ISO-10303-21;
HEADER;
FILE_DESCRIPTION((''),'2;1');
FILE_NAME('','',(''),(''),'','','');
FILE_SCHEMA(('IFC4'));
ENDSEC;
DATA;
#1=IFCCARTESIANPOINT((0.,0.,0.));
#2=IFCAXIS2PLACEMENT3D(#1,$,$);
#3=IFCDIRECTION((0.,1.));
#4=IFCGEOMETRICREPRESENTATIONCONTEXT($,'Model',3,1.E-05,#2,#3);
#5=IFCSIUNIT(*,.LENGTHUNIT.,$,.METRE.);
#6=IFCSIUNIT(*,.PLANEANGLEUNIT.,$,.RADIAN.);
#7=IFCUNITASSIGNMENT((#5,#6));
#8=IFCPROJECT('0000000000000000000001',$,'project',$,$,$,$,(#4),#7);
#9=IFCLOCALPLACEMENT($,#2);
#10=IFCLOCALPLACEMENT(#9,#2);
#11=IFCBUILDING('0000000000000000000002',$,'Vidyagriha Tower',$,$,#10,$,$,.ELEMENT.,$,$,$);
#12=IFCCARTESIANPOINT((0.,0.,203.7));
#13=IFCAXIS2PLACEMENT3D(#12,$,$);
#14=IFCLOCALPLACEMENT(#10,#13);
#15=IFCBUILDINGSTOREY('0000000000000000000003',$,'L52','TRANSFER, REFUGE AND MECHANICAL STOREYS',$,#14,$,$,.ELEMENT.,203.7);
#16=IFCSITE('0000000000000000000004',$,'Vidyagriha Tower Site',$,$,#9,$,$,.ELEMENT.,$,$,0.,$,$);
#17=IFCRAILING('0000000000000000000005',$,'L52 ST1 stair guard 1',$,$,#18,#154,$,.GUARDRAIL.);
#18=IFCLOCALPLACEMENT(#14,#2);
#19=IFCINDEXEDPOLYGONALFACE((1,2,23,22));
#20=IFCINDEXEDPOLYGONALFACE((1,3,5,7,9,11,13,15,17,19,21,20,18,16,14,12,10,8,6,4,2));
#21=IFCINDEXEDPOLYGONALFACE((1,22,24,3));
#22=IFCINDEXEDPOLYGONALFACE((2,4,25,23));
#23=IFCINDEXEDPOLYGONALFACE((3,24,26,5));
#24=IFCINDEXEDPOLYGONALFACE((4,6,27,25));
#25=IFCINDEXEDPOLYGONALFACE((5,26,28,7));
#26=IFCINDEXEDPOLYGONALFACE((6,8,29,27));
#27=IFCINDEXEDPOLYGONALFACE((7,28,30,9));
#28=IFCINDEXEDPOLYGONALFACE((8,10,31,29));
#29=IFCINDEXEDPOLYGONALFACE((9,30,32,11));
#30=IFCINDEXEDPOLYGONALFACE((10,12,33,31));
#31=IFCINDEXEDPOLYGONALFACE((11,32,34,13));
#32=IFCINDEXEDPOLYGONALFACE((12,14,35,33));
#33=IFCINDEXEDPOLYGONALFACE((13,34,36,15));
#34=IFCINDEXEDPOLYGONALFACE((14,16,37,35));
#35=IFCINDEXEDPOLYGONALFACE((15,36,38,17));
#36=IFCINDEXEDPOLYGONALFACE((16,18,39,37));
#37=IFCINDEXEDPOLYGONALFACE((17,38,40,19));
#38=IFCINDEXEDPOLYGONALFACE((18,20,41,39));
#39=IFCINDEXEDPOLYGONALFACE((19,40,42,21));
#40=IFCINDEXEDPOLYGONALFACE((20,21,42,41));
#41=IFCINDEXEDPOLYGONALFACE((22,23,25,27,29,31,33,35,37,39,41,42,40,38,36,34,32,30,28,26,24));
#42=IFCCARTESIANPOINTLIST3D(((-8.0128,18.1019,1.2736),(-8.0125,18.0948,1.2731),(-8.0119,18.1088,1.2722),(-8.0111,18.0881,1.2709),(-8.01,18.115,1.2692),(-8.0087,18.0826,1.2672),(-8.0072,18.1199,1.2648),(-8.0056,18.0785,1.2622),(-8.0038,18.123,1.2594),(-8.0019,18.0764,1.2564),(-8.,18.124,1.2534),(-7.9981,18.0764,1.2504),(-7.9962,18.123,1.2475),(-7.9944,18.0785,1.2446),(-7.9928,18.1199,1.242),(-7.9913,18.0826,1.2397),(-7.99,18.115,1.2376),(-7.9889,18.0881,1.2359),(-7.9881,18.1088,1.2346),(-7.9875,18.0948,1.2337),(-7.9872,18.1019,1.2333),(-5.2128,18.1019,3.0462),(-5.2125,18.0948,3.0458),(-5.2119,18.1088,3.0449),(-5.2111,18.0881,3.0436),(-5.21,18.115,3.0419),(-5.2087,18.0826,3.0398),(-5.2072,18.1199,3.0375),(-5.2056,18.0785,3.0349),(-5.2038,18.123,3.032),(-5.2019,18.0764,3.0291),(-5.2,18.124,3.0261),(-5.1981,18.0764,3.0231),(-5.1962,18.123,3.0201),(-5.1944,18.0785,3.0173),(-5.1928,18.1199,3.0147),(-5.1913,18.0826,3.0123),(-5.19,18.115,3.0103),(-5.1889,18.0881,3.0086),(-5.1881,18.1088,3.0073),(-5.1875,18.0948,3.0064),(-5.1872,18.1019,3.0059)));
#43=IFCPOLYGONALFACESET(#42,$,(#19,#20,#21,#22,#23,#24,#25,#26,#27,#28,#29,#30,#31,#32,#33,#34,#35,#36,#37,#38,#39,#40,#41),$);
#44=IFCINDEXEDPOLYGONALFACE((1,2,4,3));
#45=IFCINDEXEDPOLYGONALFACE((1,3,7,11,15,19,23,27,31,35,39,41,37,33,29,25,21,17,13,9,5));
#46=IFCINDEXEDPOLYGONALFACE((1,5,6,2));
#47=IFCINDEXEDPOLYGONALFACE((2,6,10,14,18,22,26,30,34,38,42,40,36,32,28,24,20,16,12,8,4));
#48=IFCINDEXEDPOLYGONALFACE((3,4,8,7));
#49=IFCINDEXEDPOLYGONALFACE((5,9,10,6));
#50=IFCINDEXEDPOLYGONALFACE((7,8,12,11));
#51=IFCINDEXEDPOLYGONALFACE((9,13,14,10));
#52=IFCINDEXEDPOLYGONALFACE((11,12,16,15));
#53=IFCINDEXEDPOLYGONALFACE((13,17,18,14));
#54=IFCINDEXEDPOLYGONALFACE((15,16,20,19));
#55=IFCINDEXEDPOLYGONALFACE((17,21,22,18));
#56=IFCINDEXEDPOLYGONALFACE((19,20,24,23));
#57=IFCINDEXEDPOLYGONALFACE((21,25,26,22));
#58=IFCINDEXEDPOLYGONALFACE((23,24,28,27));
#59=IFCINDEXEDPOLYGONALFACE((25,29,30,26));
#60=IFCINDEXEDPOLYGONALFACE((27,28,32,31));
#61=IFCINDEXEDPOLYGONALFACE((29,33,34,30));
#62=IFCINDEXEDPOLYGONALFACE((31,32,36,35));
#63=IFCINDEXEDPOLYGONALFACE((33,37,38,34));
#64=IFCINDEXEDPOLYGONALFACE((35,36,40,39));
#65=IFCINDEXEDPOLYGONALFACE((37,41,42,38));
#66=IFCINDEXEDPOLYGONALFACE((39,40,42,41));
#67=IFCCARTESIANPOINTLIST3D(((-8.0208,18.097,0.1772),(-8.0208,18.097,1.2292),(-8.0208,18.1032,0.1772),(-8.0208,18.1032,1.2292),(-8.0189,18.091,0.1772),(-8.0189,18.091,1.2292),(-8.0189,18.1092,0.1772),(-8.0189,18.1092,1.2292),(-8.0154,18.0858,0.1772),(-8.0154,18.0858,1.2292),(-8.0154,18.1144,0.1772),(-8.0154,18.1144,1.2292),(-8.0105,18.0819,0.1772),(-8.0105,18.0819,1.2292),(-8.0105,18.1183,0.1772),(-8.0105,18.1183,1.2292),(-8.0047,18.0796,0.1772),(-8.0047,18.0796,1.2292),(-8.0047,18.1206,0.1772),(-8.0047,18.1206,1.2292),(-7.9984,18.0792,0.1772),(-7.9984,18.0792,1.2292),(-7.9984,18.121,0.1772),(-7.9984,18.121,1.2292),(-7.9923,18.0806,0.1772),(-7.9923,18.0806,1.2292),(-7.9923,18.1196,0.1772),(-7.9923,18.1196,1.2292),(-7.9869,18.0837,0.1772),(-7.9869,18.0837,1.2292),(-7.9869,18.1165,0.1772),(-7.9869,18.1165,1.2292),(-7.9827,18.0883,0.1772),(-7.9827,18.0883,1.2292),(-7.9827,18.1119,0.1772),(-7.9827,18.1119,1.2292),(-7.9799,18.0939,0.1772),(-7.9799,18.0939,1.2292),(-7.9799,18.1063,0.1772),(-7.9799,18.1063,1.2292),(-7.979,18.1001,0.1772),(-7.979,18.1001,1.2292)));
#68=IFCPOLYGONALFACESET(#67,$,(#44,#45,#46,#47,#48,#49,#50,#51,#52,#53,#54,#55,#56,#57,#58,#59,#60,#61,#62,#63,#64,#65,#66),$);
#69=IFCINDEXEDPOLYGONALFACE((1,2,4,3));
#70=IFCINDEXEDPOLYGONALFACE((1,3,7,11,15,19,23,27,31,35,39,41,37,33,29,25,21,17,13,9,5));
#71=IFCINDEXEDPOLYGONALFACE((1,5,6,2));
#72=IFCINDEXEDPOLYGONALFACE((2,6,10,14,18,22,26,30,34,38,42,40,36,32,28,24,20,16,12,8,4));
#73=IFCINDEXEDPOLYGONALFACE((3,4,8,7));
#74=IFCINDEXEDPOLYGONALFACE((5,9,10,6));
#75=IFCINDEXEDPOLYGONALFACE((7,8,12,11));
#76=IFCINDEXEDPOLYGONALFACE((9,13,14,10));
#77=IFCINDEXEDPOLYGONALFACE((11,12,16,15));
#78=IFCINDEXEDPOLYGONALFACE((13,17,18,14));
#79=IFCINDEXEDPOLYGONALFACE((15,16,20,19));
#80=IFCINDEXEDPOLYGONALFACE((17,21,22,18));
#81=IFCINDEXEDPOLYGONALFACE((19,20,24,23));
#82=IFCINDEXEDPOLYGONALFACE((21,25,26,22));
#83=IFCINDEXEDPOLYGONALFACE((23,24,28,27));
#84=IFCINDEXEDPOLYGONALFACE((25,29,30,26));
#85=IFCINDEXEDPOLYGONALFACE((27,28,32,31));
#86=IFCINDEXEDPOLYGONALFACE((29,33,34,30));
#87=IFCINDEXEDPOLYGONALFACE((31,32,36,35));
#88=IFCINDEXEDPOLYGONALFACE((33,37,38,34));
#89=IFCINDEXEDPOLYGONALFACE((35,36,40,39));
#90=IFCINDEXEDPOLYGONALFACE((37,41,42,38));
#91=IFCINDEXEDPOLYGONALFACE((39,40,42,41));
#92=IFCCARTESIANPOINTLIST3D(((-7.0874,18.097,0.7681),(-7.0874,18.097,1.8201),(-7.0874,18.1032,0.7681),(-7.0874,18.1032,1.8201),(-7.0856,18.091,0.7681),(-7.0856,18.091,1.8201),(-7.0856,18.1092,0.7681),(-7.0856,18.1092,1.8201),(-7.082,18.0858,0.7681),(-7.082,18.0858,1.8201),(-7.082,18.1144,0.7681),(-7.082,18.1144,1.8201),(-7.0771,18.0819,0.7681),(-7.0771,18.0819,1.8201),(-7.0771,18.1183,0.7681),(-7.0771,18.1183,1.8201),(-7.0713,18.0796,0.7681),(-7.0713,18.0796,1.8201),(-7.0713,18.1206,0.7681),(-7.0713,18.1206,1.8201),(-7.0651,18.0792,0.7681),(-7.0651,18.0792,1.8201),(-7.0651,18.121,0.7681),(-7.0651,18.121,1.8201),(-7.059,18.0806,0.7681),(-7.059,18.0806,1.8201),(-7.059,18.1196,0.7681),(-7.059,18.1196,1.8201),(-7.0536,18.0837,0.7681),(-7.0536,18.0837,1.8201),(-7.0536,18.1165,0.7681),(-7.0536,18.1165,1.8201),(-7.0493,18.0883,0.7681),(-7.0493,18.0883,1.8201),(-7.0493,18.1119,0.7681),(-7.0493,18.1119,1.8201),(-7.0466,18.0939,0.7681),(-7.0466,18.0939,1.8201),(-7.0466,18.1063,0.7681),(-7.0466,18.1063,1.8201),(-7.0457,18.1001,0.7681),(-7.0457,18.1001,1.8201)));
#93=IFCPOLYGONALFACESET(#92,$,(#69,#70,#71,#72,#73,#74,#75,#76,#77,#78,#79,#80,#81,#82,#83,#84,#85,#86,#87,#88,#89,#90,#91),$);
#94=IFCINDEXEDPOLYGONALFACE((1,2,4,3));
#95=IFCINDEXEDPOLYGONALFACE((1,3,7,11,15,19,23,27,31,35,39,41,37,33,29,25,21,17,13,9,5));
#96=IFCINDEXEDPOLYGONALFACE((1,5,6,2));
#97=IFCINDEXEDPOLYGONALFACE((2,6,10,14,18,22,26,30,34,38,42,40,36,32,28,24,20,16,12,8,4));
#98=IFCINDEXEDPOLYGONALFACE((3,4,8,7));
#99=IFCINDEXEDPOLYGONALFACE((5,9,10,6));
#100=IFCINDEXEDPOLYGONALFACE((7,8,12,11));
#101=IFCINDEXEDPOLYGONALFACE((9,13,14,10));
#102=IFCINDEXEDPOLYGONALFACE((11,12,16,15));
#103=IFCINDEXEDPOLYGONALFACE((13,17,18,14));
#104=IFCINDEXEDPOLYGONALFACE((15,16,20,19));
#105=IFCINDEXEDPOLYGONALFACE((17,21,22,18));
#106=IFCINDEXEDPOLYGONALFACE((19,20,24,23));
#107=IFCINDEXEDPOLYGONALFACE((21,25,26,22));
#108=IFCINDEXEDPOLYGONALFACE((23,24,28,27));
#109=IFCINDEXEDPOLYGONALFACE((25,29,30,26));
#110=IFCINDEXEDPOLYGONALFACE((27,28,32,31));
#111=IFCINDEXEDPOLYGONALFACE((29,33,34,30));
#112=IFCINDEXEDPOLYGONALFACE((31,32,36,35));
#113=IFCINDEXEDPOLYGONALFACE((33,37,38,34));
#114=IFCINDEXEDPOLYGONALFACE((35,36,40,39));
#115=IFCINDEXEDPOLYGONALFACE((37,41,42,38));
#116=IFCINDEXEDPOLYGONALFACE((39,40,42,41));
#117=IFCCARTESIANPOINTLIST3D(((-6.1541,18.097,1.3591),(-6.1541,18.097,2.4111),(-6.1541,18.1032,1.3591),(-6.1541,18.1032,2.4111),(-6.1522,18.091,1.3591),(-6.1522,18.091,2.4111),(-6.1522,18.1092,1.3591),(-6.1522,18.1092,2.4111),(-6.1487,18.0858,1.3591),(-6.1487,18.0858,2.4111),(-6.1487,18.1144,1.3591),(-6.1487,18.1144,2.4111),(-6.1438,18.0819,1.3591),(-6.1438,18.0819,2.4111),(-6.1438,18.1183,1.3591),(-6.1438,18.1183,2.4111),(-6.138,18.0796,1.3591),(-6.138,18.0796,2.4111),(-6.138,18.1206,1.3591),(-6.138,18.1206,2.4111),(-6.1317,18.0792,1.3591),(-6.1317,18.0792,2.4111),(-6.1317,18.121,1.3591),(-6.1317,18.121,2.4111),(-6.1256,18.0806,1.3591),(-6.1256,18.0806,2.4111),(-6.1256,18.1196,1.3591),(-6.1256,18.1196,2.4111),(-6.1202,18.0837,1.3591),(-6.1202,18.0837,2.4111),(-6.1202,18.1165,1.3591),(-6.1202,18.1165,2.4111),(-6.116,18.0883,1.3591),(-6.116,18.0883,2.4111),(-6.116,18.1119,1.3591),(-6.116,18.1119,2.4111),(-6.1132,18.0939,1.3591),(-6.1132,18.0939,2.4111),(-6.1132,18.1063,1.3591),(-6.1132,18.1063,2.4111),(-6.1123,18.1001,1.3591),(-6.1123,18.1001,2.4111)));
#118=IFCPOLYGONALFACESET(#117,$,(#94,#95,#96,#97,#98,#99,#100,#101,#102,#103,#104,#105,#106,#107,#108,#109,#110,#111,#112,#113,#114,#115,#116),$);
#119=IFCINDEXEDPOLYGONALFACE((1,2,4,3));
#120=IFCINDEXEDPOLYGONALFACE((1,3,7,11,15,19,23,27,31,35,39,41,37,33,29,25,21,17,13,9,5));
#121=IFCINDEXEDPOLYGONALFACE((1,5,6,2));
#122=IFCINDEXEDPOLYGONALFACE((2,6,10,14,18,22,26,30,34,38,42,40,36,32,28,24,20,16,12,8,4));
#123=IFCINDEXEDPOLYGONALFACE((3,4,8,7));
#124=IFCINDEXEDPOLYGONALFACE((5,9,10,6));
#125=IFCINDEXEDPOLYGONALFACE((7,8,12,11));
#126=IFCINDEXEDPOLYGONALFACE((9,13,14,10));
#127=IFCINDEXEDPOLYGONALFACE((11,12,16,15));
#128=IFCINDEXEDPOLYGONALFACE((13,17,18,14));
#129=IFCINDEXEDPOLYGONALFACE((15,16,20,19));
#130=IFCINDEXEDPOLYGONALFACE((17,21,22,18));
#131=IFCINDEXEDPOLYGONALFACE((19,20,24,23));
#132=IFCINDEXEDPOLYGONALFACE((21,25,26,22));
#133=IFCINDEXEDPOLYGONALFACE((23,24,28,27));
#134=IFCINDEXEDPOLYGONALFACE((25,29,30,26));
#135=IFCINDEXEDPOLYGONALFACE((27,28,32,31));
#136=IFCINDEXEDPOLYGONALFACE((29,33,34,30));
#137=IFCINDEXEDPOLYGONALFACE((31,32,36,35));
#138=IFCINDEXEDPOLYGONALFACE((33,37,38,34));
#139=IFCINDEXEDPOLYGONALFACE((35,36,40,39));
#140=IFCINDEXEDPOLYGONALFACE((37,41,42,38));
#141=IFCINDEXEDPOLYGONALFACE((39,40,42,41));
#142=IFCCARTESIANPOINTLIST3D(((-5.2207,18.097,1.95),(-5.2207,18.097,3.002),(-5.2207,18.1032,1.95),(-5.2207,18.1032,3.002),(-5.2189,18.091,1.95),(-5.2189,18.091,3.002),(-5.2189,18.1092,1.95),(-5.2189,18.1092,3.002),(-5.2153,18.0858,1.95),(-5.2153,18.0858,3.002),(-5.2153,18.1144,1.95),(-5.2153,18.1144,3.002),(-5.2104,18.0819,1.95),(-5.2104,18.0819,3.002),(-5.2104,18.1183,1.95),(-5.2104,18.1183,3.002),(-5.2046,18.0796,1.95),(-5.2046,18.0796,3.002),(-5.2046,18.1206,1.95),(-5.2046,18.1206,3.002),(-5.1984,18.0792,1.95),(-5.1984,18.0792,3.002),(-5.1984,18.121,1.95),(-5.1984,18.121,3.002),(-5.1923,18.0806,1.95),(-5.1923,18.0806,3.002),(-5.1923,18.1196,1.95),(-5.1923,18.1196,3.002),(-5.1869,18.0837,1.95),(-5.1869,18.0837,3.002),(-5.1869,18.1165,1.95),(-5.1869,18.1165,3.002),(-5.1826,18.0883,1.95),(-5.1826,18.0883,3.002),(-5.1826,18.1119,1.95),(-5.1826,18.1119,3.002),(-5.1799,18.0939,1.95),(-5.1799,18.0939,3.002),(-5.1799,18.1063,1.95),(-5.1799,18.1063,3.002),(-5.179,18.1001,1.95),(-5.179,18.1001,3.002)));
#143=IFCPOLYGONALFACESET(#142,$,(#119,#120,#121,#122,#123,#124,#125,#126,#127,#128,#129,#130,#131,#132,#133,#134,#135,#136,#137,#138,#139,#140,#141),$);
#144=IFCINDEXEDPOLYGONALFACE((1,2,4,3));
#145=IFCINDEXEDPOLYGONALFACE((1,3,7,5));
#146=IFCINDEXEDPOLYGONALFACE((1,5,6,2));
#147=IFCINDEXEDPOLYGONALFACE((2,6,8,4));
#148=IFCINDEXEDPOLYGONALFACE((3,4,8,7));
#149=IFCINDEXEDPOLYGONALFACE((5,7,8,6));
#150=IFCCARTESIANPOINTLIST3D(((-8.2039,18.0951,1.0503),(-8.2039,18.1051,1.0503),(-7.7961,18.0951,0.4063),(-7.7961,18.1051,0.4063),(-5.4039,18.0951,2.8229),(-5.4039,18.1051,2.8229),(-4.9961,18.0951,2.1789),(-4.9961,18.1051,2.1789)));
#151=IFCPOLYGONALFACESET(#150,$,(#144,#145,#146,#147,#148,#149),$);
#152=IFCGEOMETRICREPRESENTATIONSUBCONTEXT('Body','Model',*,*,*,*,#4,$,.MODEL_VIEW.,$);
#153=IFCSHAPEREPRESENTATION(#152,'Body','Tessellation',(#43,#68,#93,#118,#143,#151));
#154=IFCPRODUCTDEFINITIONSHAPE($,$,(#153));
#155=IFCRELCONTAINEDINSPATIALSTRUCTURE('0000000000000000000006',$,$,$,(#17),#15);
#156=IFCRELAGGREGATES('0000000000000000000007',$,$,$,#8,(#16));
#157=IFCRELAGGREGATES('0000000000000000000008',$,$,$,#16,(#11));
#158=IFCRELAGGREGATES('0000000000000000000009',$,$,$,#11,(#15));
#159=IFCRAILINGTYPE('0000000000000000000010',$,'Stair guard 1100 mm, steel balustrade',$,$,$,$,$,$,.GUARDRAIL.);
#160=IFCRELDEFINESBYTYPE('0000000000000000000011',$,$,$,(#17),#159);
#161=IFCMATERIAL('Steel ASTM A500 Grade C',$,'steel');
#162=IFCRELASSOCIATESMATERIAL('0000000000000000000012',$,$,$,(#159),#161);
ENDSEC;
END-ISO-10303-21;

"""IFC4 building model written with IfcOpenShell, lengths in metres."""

from ifc_helpers import new_model, si_unit, direction, frame, origin, origin_2d, place, context, subcontext, project, spatial, rectangle, circle, extrude, material, type_object, element, save


model = new_model("IFC4")

# Units and contexts
model_context = context("Model", 3, precision=1e-05, world=origin(), true_north=direction((0.0, 1.0)))
body_context = subcontext(model_context, "Body", "Model", "MODEL_VIEW")
ifc_project = project(units=[si_unit("LENGTHUNIT", "METRE"), si_unit("PLANEANGLEUNIT", "RADIAN")], contexts=[model_context])

# Site, building, storey
site_placement = place(None, origin())
site = spatial("IfcSite", under=ifc_project, at=site_placement, Name="Vidyagriha Tower Site", CompositionType="ELEMENT", RefElevation=0.0)
building_placement = place(site_placement, origin())
building = spatial("IfcBuilding", under=site, at=building_placement, Name="Vidyagriha Tower", CompositionType="ELEMENT")
storey_placement = place(building_placement, frame((0.0, 0.0, 203.7)))
storey = spatial("IfcBuildingStorey", under=building, at=storey_placement, Name="L52", Description="TRANSFER, REFUGE AND MECHANICAL STOREYS", CompositionType="ELEMENT", Elevation=203.7)

# Railing
ifc_material_1 = material(Name="Steel ASTM A500 Grade C", Category="steel")
railing_type_1 = type_object("IfcRailingType", Name="Stair guard 1100 mm, steel balustrade", PredefinedType="GUARDRAIL", material=ifc_material_1)
railing_1_placement = place(storey_placement, frame((-8.0, 18.1001, 0.1772)))
element("IfcRailing", 1, at=railing_1_placement, inside=storey, type_object=railing_type_1, Name="L52 ST1 stair guard 1", PredefinedType="GUARDRAIL", context=body_context, shape_type="SweptSolid", body=[
    extrude(circle(Radius=0.0239, at=origin_2d()), frame((0.0, 0.0, 1.0762), z_axis=(0.844909, 0.0, 0.53491), x_axis=(0.0, 1.0, 0.0)), (0.0, 0.0, 1.0), 3.314),
    extrude(circle(Radius=0.021, at=origin_2d()), origin(), (0.0, 0.0, 1.0), 1.052),
    extrude(circle(Radius=0.021, at=origin_2d()), frame((0.9333, 0.0, 0.5908)), (0.0, 0.0, 1.0), 1.052),
    extrude(circle(Radius=0.021, at=origin_2d()), frame((1.8667, 0.0, 1.1819)), (0.0, 0.0, 1.0), 1.052),
    extrude(circle(Radius=0.021, at=origin_2d()), frame((2.8, 0.0, 1.7727)), (0.0, 0.0, 1.0), 1.052),
    extrude(rectangle(XDim=0.01, YDim=0.7622, at=origin_2d()), frame((0.0, 0.0, 0.551), z_axis=(0.844909, 0.0, 0.53491), x_axis=(0.0, 1.0, 0.0)), (0.0, 0.0, 1.0), 3.314),
])

save(model, "model.ifc")
